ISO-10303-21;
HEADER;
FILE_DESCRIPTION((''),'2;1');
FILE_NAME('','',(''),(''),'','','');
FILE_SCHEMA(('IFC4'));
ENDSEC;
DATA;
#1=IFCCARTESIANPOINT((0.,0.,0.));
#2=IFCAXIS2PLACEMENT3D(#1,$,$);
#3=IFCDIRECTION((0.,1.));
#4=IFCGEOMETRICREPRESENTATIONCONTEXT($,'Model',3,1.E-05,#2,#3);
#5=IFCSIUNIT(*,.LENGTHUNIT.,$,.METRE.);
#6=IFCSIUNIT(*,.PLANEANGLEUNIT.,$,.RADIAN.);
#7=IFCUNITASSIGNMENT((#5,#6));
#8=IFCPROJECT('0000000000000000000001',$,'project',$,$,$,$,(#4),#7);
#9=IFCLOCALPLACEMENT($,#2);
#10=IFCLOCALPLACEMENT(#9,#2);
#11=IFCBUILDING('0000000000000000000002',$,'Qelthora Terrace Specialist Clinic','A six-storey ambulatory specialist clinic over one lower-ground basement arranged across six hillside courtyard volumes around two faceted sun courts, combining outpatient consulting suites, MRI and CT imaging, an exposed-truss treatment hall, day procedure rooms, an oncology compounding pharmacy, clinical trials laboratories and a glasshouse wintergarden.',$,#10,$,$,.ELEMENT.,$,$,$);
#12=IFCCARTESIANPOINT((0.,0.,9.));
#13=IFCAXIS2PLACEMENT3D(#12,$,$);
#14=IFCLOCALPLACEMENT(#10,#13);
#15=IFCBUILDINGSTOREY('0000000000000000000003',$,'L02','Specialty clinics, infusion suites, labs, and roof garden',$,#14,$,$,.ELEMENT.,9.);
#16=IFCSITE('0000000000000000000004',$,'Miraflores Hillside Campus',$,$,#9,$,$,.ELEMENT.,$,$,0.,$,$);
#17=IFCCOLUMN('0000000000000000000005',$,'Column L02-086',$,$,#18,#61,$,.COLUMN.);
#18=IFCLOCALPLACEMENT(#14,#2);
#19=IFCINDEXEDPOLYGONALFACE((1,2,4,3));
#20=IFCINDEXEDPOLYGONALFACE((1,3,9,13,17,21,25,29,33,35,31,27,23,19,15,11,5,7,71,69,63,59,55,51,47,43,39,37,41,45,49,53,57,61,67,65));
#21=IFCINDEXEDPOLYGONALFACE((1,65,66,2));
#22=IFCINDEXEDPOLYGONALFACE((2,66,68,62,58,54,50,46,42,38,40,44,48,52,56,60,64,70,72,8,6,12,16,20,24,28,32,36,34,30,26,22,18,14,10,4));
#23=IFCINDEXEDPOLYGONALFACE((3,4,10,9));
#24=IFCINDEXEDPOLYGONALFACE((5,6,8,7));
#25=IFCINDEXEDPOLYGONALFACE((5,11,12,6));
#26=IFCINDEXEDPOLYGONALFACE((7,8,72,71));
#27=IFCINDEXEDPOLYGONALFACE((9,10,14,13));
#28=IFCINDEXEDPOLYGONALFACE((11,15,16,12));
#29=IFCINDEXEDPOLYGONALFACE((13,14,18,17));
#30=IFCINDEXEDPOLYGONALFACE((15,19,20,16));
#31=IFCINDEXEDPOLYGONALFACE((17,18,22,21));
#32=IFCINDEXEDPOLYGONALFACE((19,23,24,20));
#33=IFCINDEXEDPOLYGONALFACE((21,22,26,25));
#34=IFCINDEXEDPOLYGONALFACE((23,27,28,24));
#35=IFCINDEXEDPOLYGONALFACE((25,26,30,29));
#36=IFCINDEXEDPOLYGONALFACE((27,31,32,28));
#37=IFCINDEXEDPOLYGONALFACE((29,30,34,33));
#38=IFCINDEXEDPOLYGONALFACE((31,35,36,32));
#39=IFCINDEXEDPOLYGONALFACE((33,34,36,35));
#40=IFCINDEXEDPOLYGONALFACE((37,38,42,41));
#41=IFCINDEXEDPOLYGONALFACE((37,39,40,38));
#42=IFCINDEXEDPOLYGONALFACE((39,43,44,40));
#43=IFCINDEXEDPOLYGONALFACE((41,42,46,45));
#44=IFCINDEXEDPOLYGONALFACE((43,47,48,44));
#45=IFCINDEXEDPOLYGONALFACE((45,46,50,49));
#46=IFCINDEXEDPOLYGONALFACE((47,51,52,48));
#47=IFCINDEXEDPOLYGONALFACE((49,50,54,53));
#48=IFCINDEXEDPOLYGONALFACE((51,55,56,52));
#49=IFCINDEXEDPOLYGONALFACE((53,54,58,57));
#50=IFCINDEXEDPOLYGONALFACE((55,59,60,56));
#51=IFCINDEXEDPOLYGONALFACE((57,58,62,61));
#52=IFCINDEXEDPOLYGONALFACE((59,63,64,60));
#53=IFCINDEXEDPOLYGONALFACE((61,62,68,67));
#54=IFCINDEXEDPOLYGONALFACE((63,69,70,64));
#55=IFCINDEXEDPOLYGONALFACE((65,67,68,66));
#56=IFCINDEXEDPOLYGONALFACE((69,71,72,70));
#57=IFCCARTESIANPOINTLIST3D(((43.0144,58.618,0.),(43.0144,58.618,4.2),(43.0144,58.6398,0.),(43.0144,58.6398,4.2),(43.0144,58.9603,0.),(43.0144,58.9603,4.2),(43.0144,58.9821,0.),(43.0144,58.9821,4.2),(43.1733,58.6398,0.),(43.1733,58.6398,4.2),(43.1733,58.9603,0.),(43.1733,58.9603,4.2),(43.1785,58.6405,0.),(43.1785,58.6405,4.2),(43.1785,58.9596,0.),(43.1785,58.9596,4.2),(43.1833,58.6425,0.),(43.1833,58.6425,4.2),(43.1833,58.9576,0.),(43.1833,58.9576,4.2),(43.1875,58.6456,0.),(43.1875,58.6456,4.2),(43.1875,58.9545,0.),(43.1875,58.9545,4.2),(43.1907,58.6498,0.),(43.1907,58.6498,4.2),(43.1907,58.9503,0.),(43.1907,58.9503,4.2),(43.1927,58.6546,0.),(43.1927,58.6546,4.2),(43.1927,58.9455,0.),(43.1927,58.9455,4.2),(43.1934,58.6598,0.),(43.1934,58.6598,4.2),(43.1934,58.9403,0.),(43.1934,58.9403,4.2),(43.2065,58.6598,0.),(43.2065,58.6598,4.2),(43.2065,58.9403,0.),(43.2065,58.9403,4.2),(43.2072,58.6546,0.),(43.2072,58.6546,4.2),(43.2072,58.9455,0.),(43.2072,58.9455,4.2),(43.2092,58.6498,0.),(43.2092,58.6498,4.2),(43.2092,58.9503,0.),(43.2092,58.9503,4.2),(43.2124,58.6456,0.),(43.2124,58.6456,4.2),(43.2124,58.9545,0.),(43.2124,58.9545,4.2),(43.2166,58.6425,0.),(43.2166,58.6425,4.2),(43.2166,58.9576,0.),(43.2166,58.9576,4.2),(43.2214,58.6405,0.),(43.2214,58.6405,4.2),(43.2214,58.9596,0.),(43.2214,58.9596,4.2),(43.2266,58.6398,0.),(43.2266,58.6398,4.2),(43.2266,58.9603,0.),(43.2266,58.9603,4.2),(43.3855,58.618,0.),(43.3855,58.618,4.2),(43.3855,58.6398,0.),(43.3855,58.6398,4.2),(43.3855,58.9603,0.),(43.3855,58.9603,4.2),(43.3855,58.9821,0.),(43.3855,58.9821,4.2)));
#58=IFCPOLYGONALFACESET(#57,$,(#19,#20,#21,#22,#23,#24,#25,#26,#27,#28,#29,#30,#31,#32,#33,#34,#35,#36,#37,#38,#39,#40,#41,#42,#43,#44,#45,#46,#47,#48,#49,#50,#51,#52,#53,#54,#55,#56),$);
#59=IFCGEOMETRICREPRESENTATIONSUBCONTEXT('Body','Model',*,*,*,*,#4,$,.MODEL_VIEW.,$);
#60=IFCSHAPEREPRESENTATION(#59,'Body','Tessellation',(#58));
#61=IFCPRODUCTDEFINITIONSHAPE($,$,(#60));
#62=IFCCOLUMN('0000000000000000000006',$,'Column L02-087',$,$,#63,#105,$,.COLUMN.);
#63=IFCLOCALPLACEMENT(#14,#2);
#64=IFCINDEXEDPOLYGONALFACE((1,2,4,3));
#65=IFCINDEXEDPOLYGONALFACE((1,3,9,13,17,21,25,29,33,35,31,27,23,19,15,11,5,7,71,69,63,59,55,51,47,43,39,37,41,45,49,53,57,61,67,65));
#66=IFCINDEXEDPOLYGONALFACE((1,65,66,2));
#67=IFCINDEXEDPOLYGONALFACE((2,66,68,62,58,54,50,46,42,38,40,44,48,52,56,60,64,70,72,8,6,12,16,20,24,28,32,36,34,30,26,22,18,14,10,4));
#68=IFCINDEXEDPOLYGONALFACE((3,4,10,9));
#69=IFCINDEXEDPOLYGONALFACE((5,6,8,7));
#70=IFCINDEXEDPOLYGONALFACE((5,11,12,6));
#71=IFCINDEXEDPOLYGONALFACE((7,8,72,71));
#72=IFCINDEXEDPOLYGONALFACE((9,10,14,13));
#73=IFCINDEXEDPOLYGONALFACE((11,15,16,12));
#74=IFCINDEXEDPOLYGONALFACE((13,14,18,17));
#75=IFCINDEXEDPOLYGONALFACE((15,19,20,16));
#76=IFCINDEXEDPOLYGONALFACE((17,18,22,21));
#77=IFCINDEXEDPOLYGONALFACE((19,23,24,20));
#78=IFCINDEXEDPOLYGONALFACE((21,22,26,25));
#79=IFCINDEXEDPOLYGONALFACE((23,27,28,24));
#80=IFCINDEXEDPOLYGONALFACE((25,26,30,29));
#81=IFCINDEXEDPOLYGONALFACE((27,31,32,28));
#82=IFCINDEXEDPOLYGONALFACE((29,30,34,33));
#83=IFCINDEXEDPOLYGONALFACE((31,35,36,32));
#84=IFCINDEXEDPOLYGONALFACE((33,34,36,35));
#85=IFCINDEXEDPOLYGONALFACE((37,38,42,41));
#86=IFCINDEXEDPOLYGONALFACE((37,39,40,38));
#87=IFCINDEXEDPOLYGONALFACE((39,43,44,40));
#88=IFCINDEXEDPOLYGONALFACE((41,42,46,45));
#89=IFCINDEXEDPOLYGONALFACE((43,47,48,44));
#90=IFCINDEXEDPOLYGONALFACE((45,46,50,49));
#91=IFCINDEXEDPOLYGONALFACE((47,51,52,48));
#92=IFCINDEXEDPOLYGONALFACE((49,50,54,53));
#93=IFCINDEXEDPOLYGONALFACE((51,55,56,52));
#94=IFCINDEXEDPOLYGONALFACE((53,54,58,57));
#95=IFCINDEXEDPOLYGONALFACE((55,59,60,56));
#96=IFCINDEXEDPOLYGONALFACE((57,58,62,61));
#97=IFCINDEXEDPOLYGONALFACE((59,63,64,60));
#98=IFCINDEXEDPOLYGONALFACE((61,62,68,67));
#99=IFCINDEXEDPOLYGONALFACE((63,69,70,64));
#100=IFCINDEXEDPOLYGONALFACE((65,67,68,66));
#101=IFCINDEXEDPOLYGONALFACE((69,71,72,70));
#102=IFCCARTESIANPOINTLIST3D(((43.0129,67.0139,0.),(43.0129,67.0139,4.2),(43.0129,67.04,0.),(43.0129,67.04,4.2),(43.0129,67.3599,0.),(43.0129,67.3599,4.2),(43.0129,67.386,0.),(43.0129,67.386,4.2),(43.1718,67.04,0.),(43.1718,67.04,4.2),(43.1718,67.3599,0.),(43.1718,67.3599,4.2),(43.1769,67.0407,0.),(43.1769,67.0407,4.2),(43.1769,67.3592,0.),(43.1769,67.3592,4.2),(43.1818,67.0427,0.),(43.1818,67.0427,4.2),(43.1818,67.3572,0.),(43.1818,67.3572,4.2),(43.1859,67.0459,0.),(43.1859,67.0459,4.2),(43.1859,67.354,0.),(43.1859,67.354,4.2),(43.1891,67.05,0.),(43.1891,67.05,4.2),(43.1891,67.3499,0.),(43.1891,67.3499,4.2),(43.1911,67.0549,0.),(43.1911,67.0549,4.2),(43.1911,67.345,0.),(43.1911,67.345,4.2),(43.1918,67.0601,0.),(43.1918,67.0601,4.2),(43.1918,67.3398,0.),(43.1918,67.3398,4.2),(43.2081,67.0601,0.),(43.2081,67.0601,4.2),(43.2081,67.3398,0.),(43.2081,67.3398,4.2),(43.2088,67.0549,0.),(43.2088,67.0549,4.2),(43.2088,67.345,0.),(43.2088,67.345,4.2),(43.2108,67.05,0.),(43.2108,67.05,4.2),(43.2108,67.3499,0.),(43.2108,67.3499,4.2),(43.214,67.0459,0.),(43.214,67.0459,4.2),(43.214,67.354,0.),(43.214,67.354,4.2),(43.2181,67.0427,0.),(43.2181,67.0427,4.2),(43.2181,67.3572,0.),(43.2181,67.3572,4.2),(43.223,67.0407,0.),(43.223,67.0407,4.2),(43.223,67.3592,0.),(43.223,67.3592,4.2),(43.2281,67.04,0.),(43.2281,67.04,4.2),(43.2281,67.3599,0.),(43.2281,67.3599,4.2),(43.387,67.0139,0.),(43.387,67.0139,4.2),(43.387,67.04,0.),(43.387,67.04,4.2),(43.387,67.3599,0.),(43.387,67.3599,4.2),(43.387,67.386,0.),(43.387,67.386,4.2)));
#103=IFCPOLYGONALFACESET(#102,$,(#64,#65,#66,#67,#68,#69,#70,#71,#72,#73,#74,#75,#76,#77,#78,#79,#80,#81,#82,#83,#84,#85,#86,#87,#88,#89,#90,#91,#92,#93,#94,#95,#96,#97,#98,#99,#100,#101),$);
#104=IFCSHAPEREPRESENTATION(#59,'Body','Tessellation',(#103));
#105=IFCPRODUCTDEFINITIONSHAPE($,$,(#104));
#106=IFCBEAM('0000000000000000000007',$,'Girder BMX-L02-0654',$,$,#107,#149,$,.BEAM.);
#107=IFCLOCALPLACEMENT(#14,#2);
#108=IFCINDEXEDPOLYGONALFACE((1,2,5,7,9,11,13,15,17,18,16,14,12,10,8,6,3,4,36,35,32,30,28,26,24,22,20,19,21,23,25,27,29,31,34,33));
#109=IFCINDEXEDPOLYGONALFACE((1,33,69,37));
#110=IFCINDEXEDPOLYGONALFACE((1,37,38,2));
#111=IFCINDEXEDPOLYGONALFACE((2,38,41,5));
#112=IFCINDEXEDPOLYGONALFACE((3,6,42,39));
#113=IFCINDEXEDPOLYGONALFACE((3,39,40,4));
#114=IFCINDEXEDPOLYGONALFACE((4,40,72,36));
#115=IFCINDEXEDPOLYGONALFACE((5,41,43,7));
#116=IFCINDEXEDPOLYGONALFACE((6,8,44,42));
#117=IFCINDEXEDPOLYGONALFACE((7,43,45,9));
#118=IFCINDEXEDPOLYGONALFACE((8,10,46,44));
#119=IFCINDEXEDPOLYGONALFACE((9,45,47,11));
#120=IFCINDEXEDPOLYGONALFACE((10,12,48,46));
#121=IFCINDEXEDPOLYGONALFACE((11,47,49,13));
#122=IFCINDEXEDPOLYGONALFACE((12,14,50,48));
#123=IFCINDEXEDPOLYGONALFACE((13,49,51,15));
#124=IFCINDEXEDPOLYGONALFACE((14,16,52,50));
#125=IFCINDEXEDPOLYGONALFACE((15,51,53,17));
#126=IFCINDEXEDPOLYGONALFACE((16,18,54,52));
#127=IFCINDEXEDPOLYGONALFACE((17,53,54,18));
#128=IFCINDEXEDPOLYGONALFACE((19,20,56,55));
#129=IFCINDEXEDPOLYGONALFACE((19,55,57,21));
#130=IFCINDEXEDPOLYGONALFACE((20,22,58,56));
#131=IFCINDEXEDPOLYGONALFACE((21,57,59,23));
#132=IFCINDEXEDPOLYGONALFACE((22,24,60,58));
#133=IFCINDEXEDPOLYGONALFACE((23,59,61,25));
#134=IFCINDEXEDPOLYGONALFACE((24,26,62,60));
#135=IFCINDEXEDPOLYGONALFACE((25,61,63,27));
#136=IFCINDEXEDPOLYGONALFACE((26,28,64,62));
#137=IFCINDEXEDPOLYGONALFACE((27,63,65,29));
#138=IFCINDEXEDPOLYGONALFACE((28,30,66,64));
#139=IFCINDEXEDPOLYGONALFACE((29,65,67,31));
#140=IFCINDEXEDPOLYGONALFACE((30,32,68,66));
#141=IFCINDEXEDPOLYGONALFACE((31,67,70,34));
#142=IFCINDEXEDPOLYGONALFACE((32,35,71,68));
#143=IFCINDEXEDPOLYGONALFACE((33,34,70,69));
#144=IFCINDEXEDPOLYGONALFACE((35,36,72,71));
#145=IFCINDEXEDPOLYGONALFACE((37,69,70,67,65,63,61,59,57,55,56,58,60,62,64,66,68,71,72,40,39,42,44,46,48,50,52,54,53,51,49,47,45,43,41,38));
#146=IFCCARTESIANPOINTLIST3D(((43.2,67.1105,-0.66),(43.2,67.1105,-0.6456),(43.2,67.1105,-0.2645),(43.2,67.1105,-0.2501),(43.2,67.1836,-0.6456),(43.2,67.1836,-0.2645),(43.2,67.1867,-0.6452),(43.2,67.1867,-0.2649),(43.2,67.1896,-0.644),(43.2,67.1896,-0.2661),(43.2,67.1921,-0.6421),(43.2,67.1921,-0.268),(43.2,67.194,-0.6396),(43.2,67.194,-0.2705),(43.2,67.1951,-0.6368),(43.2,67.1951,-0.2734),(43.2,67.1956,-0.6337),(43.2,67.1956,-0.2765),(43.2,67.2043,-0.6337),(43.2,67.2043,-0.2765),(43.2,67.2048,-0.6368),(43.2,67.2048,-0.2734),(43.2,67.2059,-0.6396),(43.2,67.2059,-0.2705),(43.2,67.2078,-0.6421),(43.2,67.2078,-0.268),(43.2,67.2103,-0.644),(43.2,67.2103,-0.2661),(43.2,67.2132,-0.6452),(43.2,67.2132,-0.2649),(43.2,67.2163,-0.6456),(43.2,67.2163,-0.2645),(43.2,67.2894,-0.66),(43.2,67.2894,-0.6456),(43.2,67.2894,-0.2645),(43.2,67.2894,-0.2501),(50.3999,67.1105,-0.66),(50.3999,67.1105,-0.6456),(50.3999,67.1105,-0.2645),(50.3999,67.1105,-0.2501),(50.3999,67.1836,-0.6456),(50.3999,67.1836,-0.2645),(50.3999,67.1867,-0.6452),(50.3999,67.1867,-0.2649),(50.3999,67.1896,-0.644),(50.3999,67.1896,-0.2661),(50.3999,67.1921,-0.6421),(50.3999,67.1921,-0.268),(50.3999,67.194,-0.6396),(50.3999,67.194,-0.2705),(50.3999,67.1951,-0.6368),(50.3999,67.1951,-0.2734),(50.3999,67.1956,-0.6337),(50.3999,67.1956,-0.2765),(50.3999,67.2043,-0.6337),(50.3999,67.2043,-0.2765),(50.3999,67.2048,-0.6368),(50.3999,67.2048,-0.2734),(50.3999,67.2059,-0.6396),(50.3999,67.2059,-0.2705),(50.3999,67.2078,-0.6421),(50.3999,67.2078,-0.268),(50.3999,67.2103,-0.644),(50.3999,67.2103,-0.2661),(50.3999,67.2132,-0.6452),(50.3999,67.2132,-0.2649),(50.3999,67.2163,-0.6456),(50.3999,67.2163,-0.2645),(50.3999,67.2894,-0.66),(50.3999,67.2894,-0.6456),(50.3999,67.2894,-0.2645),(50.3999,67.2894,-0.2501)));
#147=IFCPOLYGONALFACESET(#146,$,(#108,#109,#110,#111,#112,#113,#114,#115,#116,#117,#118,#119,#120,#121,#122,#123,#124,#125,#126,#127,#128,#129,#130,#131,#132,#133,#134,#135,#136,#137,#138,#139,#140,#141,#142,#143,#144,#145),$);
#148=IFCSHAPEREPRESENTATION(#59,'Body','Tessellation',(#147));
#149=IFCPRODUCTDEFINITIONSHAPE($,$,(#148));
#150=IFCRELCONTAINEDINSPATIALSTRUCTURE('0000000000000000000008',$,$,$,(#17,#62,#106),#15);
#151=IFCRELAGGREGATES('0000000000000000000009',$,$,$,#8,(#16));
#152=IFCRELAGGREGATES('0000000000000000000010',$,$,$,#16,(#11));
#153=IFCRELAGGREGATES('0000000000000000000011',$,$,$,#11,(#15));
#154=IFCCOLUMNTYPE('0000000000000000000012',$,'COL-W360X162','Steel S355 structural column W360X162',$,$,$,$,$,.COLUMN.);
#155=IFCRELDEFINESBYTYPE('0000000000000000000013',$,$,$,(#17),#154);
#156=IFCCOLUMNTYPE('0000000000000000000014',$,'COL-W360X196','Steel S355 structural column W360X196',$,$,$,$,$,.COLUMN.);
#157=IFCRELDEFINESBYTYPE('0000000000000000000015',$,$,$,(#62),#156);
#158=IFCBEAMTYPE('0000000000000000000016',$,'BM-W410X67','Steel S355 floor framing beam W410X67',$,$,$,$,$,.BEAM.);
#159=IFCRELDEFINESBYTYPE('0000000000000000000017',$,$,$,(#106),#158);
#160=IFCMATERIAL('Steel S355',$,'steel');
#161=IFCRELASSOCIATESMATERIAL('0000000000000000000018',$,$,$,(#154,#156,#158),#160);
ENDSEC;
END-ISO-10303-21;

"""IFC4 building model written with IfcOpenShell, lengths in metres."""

from ifc_helpers import new_model, si_unit, direction, frame, origin, origin_2d, place, context, subcontext, project, spatial, i_section, extrude, material, material_profile, profile_set, type_object, element, save


model = new_model("IFC4")

# Units and contexts
model_context = context("Model", 3, precision=1e-05, world=origin(), true_north=direction((0.0, 1.0)))
body_context = subcontext(model_context, "Body", "Model", "MODEL_VIEW")
ifc_project = project(units=[si_unit("LENGTHUNIT", "METRE"), si_unit("PLANEANGLEUNIT", "RADIAN")], contexts=[model_context])

# Site, building, storey
site_placement = place(None, origin())
site = spatial("IfcSite", under=ifc_project, at=site_placement, Name="Miraflores Hillside Campus", CompositionType="ELEMENT", RefElevation=0.0)
building_placement = place(site_placement, origin())
building = spatial("IfcBuilding", under=site, at=building_placement, Name="Qelthora Terrace Specialist Clinic", Description="A six-storey ambulatory specialist clinic over one lower-ground basement arranged across six hillside courtyard volumes around two faceted sun courts, combining outpatient consulting suites, MRI and CT imaging, an exposed-truss treatment hall, day procedure rooms, an oncology compounding pharmacy, clinical trials laboratories and a glasshouse wintergarden.", CompositionType="ELEMENT")
storey_placement = place(building_placement, frame((0.0, 0.0, 9.0)))
storey = spatial("IfcBuildingStorey", under=building, at=storey_placement, Name="L02", Description="Specialty clinics, infusion suites, labs, and roof garden", CompositionType="ELEMENT", Elevation=9.0)

# Columns
ifc_material_1 = material(Name="Steel S355", Category="steel")
ifc_material_profile_1 = material_profile(ifc_material_1, i_section(OverallWidth=0.3711, OverallDepth=0.364, WebThickness=0.0132, FlangeThickness=0.0217, FilletRadius=0.02, at=origin_2d()), Name="W360X162")
ifc_profile_set_1 = profile_set([ifc_material_profile_1], Name="Steel S355")
column_type_1 = type_object("IfcColumnType", Name="COL-W360X162", Description="Steel S355 structural column W360X162", PredefinedType="COLUMN", material=ifc_profile_set_1)
column_1_placement = place(storey_placement, frame((43.2, 58.8, 0.0), z_axis=(0.0, 0.0, 1.0), x_axis=(1.0, 0.0, 0.0)))
element("IfcColumn", 1, at=column_1_placement, inside=storey, type_object=column_type_1, Name="Column L02-086", PredefinedType="COLUMN", context=body_context, shape_type="SweptSolid", body=[
    extrude(i_section(OverallWidth=0.3711, OverallDepth=0.364, WebThickness=0.0132, FlangeThickness=0.0217, FilletRadius=0.02, at=origin_2d()), origin(), (0.0, 0.0, 1.0), 4.2),
])
ifc_material_profile_2 = material_profile(ifc_material_1, i_section(OverallWidth=0.374, OverallDepth=0.3721, WebThickness=0.0164, FlangeThickness=0.0261, FilletRadius=0.02, at=origin_2d()), Name="W360X196")
ifc_profile_set_2 = profile_set([ifc_material_profile_2], Name="Steel S355")
column_type_2 = type_object("IfcColumnType", Name="COL-W360X196", Description="Steel S355 structural column W360X196", PredefinedType="COLUMN", material=ifc_profile_set_2)
column_2_placement = place(storey_placement, frame((43.2, 67.2, 0.0), z_axis=(0.0, 0.0, 1.0), x_axis=(1.0, 0.0, 0.0)))
element("IfcColumn", 2, at=column_2_placement, inside=storey, type_object=column_type_2, Name="Column L02-087", PredefinedType="COLUMN", context=body_context, shape_type="SweptSolid", body=[
    extrude(i_section(OverallWidth=0.374, OverallDepth=0.3721, WebThickness=0.0164, FlangeThickness=0.0261, FilletRadius=0.02, at=origin_2d()), origin(), (0.0, 0.0, 1.0), 4.2),
])

# Beam
ifc_material_profile_3 = material_profile(ifc_material_1, i_section(OverallWidth=0.179, OverallDepth=0.4099, WebThickness=0.0088, FlangeThickness=0.0144, FilletRadius=0.012, at=origin_2d()), Name="W410X67")
ifc_profile_set_3 = profile_set([ifc_material_profile_3], Name="Steel S355")
beam_type_1 = type_object("IfcBeamType", Name="BM-W410X67", Description="Steel S355 floor framing beam W410X67", PredefinedType="BEAM", material=ifc_profile_set_3)
beam_1_placement = place(storey_placement, frame((43.2, 67.2, -0.4551), z_axis=(1.0, 0.0, 0.0), x_axis=(0.0, 1.0, 0.0)))
element("IfcBeam", 3, at=beam_1_placement, inside=storey, type_object=beam_type_1, Name="Girder BMX-L02-0654", PredefinedType="BEAM", context=body_context, shape_type="SweptSolid", body=[
    extrude(i_section(OverallWidth=0.179, OverallDepth=0.4099, WebThickness=0.0088, FlangeThickness=0.0144, FilletRadius=0.012, at=origin_2d()), origin(), (0.0, 0.0, 1.0), 7.2),
])

save(model, "model.ifc")
